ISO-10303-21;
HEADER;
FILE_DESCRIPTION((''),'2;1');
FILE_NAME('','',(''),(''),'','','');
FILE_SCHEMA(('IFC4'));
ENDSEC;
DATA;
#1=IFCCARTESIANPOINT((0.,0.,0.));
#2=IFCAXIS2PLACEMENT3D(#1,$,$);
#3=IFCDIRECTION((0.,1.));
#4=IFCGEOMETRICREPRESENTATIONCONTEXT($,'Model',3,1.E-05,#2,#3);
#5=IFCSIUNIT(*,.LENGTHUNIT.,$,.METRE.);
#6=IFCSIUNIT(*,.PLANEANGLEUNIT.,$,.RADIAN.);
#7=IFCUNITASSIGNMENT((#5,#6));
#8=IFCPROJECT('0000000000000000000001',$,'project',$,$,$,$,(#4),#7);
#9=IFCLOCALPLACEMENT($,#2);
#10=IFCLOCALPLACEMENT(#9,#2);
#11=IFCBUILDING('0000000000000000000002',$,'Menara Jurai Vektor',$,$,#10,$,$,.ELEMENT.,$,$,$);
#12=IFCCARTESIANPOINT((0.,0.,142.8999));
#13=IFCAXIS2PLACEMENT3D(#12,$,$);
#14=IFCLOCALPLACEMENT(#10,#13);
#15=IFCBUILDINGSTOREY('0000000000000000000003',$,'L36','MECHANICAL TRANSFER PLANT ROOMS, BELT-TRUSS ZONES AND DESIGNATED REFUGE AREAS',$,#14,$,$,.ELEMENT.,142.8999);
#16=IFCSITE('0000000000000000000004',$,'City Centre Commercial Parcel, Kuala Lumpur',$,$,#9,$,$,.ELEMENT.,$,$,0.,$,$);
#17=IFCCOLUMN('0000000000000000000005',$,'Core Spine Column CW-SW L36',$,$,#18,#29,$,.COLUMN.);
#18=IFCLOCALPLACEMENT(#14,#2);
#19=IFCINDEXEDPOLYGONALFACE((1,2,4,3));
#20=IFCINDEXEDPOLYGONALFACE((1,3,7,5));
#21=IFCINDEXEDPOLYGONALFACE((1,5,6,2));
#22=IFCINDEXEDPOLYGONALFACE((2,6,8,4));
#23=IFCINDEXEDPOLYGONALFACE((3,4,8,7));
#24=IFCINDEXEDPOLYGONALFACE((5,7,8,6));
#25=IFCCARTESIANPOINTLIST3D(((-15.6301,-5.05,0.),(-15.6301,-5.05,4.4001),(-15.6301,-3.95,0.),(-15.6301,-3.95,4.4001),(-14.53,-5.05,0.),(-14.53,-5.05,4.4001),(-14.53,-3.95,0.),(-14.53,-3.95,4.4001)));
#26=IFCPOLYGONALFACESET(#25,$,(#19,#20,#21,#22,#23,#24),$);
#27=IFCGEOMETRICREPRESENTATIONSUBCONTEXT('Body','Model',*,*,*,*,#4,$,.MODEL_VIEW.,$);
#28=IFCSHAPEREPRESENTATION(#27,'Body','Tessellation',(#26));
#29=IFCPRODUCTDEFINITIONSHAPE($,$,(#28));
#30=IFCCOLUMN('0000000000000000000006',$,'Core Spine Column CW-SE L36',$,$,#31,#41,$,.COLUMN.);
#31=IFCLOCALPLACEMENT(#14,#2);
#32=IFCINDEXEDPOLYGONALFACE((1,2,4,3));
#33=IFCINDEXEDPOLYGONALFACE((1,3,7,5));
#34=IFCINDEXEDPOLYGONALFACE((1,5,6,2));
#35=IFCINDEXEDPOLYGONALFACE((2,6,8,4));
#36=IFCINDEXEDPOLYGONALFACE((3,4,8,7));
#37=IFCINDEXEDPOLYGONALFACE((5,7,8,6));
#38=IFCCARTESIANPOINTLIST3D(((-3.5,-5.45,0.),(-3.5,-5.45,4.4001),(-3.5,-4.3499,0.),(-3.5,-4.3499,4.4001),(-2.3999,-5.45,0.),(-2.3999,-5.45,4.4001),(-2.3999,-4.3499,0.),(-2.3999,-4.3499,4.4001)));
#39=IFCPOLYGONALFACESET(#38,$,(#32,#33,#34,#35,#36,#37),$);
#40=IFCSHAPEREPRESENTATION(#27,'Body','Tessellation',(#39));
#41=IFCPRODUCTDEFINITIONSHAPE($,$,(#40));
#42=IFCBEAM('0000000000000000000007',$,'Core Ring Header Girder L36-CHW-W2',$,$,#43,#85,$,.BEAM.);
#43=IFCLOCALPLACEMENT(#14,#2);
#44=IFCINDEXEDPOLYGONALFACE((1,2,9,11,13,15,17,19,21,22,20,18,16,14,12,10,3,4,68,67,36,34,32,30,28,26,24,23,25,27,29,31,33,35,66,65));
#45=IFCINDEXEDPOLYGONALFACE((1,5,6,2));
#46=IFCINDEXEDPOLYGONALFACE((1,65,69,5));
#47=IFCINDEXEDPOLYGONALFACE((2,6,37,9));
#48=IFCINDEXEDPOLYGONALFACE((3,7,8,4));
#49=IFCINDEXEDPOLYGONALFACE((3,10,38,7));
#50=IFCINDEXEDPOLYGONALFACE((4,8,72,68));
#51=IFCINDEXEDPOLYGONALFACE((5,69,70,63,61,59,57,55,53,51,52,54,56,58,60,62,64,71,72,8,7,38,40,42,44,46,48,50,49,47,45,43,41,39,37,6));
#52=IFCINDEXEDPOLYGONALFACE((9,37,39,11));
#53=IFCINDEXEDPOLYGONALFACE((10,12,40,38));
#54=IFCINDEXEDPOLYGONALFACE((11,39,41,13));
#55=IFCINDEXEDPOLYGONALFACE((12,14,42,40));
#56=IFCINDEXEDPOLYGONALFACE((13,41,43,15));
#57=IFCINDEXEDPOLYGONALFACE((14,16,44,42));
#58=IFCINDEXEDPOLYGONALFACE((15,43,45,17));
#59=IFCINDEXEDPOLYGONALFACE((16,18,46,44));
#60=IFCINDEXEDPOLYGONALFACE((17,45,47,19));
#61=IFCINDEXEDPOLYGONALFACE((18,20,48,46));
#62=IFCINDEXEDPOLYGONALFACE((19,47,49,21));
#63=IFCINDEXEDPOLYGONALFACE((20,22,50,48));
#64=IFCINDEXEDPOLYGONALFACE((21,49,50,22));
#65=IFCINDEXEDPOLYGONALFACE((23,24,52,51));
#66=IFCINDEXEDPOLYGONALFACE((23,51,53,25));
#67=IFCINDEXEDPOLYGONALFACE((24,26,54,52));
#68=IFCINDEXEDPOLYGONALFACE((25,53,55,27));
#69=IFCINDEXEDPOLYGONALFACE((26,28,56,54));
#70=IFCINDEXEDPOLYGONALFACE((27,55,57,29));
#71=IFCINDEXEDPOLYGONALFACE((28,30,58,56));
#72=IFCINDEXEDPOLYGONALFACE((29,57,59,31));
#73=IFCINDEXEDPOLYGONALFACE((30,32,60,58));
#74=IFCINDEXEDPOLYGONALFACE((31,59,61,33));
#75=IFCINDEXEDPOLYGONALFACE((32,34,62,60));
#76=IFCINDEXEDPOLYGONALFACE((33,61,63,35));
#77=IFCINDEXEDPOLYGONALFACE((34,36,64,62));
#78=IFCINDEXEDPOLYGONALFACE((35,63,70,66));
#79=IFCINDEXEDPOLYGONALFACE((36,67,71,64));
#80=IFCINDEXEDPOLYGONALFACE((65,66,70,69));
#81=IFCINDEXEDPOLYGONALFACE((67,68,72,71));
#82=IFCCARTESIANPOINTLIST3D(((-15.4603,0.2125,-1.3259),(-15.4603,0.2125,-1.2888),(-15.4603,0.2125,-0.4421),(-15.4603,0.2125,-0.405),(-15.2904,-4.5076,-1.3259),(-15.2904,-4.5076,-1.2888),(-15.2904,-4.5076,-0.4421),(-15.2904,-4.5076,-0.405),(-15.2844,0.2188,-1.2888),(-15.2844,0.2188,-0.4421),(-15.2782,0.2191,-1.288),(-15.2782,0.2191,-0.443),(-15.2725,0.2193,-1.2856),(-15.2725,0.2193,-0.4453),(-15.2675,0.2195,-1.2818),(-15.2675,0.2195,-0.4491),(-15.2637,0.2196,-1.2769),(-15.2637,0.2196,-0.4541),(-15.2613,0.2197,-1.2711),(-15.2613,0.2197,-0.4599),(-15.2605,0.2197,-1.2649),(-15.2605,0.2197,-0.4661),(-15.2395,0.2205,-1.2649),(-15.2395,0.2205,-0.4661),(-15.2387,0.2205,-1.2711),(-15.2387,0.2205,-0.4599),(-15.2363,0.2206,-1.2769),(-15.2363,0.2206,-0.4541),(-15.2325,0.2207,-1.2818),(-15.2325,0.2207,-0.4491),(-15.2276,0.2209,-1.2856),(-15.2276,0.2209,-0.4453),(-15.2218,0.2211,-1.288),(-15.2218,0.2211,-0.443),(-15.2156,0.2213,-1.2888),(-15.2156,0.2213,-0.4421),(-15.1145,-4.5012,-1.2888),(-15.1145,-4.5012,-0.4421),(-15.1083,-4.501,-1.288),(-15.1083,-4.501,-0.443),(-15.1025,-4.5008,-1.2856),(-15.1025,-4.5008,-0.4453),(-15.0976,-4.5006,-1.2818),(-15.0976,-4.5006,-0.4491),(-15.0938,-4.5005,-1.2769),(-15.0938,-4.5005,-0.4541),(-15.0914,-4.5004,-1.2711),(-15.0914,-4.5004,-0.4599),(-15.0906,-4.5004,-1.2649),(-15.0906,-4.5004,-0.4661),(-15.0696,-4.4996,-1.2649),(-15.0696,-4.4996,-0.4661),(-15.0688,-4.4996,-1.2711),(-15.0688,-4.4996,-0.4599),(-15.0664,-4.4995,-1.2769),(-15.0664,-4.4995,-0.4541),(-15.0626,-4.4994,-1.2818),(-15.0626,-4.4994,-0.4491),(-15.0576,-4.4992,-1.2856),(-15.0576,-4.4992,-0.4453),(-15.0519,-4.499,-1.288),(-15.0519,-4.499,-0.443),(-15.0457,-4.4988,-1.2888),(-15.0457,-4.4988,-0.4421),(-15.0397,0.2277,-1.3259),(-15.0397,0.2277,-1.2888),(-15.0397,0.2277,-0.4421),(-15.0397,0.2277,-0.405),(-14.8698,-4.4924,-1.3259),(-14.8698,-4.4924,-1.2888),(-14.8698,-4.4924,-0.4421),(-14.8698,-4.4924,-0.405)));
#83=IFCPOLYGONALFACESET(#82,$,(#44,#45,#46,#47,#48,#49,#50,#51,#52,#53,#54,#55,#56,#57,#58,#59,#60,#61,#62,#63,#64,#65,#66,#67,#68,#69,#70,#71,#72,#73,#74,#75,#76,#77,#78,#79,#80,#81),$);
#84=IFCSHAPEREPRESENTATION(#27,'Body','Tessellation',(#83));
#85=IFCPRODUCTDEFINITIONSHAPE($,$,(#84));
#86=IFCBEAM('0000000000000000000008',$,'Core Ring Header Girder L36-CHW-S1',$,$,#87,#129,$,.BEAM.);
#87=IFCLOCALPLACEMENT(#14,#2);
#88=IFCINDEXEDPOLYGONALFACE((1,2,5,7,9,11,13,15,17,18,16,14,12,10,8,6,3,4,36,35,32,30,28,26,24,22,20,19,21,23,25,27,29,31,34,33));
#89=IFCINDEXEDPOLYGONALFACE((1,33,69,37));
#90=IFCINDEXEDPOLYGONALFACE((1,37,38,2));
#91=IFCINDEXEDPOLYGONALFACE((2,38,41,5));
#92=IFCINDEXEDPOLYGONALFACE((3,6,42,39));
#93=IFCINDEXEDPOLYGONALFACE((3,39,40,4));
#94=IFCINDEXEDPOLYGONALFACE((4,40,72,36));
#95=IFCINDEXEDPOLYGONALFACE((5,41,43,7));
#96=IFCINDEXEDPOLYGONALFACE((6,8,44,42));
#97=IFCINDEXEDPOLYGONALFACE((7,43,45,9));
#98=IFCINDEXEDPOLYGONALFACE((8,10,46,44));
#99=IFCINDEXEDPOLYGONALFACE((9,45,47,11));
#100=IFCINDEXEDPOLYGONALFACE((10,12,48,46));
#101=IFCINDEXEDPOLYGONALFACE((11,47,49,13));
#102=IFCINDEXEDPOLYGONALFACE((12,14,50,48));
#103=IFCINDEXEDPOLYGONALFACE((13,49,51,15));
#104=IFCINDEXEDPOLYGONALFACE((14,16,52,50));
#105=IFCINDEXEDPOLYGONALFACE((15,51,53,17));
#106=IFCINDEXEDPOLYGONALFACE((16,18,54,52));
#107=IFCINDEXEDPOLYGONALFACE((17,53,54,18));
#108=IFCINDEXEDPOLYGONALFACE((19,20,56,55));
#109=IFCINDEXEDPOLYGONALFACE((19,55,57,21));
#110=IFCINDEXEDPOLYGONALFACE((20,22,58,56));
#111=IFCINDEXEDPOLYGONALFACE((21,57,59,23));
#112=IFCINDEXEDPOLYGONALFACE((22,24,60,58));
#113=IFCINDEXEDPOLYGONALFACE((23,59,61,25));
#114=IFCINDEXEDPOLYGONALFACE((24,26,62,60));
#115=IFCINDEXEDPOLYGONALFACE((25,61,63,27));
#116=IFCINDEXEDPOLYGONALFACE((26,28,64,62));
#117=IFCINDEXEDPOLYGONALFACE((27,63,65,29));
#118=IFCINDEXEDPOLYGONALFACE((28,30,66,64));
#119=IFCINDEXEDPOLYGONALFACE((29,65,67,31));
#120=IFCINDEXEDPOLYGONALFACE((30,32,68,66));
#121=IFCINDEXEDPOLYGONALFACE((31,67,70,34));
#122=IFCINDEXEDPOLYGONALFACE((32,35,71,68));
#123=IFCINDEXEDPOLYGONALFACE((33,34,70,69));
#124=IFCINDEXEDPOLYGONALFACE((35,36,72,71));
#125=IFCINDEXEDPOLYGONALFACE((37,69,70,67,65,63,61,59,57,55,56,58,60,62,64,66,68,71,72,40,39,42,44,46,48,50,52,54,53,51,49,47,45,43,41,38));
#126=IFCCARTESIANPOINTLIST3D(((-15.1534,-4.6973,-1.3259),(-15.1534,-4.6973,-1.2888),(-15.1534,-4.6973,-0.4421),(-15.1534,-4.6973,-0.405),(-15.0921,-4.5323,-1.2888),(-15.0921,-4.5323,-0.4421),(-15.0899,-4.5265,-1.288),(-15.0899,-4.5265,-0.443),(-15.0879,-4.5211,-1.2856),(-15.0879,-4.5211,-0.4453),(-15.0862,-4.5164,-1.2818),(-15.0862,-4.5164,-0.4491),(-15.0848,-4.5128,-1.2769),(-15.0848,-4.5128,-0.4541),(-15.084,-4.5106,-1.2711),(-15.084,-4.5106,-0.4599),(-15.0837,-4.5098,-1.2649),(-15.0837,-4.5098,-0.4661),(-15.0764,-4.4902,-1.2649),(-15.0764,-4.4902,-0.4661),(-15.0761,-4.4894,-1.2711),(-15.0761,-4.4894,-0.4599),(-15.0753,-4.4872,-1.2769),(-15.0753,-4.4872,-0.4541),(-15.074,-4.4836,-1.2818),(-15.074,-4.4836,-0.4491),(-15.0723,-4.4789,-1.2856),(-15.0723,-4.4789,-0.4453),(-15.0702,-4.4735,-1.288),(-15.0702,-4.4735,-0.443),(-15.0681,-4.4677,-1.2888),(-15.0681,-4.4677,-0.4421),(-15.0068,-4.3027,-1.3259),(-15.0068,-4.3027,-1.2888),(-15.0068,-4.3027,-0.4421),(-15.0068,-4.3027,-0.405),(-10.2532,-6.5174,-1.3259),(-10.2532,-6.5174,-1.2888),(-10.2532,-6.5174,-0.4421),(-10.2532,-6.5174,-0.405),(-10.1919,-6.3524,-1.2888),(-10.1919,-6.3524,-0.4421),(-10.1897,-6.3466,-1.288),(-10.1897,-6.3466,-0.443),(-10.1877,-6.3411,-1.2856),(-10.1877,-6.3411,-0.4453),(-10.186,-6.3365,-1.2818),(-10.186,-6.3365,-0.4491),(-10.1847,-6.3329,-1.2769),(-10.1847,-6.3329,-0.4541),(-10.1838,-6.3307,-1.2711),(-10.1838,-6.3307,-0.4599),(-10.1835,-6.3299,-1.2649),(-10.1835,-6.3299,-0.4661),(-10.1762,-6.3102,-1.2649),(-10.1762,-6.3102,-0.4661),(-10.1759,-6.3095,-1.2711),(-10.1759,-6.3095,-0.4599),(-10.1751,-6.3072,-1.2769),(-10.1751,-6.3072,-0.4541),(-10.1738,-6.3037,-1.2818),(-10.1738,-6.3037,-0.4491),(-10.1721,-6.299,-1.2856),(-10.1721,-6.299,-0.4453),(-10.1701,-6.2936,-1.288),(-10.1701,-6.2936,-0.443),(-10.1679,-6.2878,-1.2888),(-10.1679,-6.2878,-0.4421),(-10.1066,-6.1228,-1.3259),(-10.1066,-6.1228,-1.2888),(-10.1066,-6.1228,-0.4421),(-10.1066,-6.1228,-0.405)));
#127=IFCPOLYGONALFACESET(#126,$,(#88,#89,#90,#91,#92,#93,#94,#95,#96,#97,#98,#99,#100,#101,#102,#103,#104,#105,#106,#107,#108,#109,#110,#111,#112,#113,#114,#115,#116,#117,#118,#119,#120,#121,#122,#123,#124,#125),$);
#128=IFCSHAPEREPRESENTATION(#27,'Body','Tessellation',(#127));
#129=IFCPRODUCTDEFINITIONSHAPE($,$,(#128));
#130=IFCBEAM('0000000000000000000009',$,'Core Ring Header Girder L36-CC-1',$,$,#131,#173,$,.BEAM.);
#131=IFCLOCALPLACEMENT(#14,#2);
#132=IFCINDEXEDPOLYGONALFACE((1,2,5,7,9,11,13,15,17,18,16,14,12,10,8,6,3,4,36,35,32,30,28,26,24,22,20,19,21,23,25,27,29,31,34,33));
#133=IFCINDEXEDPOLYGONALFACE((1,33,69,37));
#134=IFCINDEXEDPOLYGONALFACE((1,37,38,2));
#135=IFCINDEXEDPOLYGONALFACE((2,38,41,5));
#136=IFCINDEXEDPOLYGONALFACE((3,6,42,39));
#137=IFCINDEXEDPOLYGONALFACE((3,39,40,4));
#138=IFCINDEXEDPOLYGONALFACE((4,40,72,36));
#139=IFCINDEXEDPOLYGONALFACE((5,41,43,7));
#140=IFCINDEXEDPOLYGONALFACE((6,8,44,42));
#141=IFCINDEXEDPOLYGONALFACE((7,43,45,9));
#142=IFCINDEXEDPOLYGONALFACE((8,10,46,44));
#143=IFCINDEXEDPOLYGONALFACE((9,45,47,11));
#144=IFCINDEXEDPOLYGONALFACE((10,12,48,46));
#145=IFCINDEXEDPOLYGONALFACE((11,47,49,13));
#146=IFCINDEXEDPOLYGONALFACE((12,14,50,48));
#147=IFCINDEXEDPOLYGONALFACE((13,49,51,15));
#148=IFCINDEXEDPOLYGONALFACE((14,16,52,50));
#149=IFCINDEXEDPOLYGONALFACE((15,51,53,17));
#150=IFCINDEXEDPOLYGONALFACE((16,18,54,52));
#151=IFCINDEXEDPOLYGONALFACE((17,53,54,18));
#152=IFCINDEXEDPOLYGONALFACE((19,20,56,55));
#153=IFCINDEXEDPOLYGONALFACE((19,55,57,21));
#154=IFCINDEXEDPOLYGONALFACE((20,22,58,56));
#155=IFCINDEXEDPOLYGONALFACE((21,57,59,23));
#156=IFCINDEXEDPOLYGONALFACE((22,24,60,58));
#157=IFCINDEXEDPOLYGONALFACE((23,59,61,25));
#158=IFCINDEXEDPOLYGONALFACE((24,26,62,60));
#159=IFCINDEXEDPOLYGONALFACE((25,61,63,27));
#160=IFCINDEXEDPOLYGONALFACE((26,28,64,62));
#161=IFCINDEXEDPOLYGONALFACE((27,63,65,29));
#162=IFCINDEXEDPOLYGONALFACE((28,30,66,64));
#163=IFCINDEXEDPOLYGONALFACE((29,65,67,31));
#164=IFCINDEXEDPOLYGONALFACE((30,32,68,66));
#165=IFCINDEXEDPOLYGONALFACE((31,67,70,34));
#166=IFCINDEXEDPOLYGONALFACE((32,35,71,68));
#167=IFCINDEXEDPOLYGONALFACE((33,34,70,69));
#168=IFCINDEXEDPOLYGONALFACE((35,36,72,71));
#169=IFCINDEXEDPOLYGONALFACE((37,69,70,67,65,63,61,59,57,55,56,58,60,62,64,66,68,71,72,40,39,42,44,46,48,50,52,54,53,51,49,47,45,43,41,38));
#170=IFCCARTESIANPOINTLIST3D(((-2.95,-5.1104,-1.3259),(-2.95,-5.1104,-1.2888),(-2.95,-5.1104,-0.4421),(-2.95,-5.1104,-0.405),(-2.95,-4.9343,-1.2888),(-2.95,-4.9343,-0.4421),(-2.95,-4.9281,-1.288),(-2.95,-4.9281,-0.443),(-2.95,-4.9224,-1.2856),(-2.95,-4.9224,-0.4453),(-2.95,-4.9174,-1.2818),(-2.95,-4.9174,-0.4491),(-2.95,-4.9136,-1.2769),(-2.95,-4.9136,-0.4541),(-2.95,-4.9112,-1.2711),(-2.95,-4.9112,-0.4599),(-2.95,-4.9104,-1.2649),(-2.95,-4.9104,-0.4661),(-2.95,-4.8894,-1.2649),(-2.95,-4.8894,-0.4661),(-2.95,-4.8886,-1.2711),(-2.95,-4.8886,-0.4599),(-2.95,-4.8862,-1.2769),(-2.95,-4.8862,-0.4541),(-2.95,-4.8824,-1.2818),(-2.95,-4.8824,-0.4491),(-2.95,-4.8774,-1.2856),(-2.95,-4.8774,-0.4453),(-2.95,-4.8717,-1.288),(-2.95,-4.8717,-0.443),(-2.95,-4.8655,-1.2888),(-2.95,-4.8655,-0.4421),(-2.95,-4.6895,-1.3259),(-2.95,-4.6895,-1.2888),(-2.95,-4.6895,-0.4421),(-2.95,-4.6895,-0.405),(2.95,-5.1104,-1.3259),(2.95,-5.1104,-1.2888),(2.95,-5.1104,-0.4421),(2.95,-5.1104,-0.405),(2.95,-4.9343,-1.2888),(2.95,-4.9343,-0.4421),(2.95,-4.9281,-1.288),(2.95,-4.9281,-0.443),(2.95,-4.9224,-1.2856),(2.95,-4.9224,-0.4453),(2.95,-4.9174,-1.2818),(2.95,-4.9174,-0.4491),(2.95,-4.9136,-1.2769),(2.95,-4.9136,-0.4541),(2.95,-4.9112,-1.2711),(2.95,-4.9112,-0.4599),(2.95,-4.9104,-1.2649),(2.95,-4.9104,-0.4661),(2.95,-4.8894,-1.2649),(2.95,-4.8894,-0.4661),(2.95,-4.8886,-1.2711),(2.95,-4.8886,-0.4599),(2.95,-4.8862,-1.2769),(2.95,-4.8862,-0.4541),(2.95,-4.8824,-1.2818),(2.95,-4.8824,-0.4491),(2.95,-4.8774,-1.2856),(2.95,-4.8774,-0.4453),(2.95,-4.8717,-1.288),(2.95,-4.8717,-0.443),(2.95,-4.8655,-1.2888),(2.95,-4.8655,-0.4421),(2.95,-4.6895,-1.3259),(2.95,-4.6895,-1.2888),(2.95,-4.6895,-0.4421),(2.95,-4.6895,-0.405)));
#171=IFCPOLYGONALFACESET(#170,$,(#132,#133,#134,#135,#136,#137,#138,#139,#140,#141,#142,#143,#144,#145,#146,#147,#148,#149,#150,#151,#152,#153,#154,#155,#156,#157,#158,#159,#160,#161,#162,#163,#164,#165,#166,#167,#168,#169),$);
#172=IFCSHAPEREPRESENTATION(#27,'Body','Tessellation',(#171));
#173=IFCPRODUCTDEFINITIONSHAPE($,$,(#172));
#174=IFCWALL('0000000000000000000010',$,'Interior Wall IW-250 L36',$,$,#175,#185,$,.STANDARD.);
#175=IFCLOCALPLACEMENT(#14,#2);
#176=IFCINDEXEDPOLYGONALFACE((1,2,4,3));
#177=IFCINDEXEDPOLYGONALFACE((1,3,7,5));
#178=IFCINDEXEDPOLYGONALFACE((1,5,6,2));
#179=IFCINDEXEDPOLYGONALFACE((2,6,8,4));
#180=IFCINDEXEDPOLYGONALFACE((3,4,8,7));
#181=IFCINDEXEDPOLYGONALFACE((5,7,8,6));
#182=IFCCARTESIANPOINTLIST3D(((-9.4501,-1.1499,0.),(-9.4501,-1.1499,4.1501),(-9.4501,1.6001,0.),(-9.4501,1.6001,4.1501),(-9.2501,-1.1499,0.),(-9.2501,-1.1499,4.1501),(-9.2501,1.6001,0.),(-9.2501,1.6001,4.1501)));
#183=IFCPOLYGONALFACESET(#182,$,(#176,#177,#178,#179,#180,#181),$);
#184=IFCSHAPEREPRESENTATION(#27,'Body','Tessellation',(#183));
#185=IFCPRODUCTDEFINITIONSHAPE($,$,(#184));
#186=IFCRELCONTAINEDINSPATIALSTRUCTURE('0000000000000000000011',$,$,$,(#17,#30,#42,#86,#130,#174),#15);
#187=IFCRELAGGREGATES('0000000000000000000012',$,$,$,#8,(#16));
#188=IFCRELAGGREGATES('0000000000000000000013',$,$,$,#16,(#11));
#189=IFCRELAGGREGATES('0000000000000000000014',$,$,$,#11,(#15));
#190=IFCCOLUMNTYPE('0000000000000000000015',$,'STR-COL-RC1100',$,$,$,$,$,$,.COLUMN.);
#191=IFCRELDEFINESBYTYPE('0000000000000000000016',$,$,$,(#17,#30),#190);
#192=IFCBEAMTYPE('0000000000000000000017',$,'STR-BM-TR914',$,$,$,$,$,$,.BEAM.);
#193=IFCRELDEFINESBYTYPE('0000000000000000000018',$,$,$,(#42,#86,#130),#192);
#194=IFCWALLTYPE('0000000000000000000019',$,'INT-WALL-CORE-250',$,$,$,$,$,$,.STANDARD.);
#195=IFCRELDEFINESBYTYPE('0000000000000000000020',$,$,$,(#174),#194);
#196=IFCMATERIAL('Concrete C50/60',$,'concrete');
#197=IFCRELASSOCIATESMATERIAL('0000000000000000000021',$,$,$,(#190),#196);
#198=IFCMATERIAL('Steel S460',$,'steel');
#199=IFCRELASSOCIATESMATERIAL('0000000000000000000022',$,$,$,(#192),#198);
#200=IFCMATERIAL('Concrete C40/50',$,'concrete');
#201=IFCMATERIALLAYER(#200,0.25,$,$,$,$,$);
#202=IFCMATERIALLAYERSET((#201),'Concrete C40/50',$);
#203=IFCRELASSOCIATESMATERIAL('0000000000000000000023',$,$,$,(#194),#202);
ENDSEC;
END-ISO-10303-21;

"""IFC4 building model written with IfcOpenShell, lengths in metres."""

from ifc_helpers import new_model, si_unit, direction, frame, frame_2d, origin, origin_2d, place, context, subcontext, project, spatial, rectangle, i_section, extrude, material, layer, layer_set, material_profile, profile_set, type_object, element, save


model = new_model("IFC4")

# Units and contexts
model_context = context("Model", 3, precision=1e-05, world=origin(), true_north=direction((0.0, 1.0)))
body_context = subcontext(model_context, "Body", "Model", "MODEL_VIEW")
ifc_project = project(units=[si_unit("LENGTHUNIT", "METRE"), si_unit("PLANEANGLEUNIT", "RADIAN")], contexts=[model_context])

# Site, building, storey
site_placement = place(None, origin())
site = spatial("IfcSite", under=ifc_project, at=site_placement, Name="City Centre Commercial Parcel, Kuala Lumpur", CompositionType="ELEMENT", RefElevation=0.0)
building_placement = place(site_placement, origin())
building = spatial("IfcBuilding", under=site, at=building_placement, Name="Menara Jurai Vektor", CompositionType="ELEMENT")
storey_placement = place(building_placement, frame((0.0, 0.0, 142.8999)))
storey = spatial("IfcBuildingStorey", under=building, at=storey_placement, Name="L36", Description="MECHANICAL TRANSFER PLANT ROOMS, BELT-TRUSS ZONES AND DESIGNATED REFUGE AREAS", CompositionType="ELEMENT", Elevation=142.8999)

# Columns
ifc_material_1 = material(Name="Concrete C50/60", Category="concrete")
ifc_material_profile_1 = material_profile(ifc_material_1, rectangle(XDim=1.1001, YDim=1.1001, at=origin_2d()), Name="RC 1100x1100")
ifc_profile_set_1 = profile_set([ifc_material_profile_1], Name="Concrete C50/60")
column_type = type_object("IfcColumnType", Name="STR-COL-RC1100", PredefinedType="COLUMN", material=ifc_profile_set_1)
for number, where, z_axis, x_axis, name in (
    (1, (-15.0801, -4.5, 0.0), (0.0, 0.0, 1.0), (1.0, 0.0, 0.0), "Core Spine Column CW-SW L36"),
    (2, (-2.95, -4.8999, 0.0), (0.0, 0.0, 1.0), (1.0, 0.0, 0.0), "Core Spine Column CW-SE L36"),
):
    element("IfcColumn", number, at=place(storey_placement, frame(where, z_axis=z_axis, x_axis=x_axis)), inside=storey, type_object=column_type, Name=name, PredefinedType="COLUMN", context=body_context, shape_type="SweptSolid", body=[
        extrude(rectangle(XDim=1.1001, YDim=1.1001, at=origin_2d()), origin(), (0.0, 0.0, 1.0), 4.4001),
    ])

# Beams
ifc_material_2 = material(Name="Steel S460", Category="steel")
ifc_material_profile_2 = material_profile(ifc_material_2, i_section(OverallWidth=0.4209, OverallDepth=0.9209, WebThickness=0.021, FlangeThickness=0.0371, FilletRadius=0.0239, at=origin_2d()), Name="UKB 914x419x388")
ifc_profile_set_2 = profile_set([ifc_material_profile_2], Name="Steel S460")
beam_type = type_object("IfcBeamType", Name="STR-BM-TR914", PredefinedType="BEAM", material=ifc_profile_set_2)
beam_1_placement = place(storey_placement, frame((-15.0801, -4.5, -0.8655), z_axis=(-0.035977, 0.999353, 0.0), x_axis=(-0.999353, -0.035977, 0.0)))
element("IfcBeam", 3, at=beam_1_placement, inside=storey, type_object=beam_type, Name="Core Ring Header Girder L36-CHW-W2", PredefinedType="BEAM", context=body_context, shape_type="SweptSolid", body=[
    extrude(i_section(OverallWidth=0.4209, OverallDepth=0.9209, WebThickness=0.021, FlangeThickness=0.0371, FilletRadius=0.0239, at=origin_2d()), origin(), (0.0, 0.0, 1.0), 4.7231),
])
beam_2_placement = place(storey_placement, frame((-15.0801, -4.5, -0.8655), z_axis=(0.937424, -0.348189, 0.0), x_axis=(0.348189, 0.937424, 0.0)))
element("IfcBeam", 4, at=beam_2_placement, inside=storey, type_object=beam_type, Name="Core Ring Header Girder L36-CHW-S1", PredefinedType="BEAM", context=body_context, shape_type="SweptSolid", body=[
    extrude(i_section(OverallWidth=0.4209, OverallDepth=0.9209, WebThickness=0.021, FlangeThickness=0.0371, FilletRadius=0.0239, at=origin_2d()), origin(), (0.0, 0.0, 1.0), 5.2273),
])
beam_3_placement = place(storey_placement, frame((-2.95, -4.8999, -0.8655), z_axis=(1.0, 0.0, 0.0), x_axis=(0.0, 1.0, 0.0)))
element("IfcBeam", 5, at=beam_3_placement, inside=storey, type_object=beam_type, Name="Core Ring Header Girder L36-CC-1", PredefinedType="BEAM", context=body_context, shape_type="SweptSolid", body=[
    extrude(i_section(OverallWidth=0.4209, OverallDepth=0.9209, WebThickness=0.021, FlangeThickness=0.0371, FilletRadius=0.0239, at=origin_2d()), origin(), (0.0, 0.0, 1.0), 5.8999),
])

# Shared definitions
ifc_material_3 = material(Name="Concrete C40/50", Category="concrete")
ifc_layer_1 = layer(ifc_material_3, 0.25)
ifc_layer_set_1 = layer_set([ifc_layer_1], Name="Concrete C40/50")
wall_type_1 = type_object("IfcWallType", Name="INT-WALL-CORE-250", PredefinedType="STANDARD", material=ifc_layer_set_1)

# Wall
wall_1_placement = place(storey_placement, frame((-9.3501, -1.1499, 0.0), z_axis=(0.0, 0.0, 1.0), x_axis=(0.0, 1.0, 0.0)))
element("IfcWall", 6, at=wall_1_placement, inside=storey, type_object=wall_type_1, Name="Interior Wall IW-250 L36", PredefinedType="STANDARD", context=body_context, shape_type="SweptSolid", body=[
    extrude(rectangle(XDim=2.75, YDim=0.2, at=frame_2d((1.375, 0.0))), origin(), (0.0, 0.0, 1.0), 4.1501),
])

save(model, "model.ifc")
